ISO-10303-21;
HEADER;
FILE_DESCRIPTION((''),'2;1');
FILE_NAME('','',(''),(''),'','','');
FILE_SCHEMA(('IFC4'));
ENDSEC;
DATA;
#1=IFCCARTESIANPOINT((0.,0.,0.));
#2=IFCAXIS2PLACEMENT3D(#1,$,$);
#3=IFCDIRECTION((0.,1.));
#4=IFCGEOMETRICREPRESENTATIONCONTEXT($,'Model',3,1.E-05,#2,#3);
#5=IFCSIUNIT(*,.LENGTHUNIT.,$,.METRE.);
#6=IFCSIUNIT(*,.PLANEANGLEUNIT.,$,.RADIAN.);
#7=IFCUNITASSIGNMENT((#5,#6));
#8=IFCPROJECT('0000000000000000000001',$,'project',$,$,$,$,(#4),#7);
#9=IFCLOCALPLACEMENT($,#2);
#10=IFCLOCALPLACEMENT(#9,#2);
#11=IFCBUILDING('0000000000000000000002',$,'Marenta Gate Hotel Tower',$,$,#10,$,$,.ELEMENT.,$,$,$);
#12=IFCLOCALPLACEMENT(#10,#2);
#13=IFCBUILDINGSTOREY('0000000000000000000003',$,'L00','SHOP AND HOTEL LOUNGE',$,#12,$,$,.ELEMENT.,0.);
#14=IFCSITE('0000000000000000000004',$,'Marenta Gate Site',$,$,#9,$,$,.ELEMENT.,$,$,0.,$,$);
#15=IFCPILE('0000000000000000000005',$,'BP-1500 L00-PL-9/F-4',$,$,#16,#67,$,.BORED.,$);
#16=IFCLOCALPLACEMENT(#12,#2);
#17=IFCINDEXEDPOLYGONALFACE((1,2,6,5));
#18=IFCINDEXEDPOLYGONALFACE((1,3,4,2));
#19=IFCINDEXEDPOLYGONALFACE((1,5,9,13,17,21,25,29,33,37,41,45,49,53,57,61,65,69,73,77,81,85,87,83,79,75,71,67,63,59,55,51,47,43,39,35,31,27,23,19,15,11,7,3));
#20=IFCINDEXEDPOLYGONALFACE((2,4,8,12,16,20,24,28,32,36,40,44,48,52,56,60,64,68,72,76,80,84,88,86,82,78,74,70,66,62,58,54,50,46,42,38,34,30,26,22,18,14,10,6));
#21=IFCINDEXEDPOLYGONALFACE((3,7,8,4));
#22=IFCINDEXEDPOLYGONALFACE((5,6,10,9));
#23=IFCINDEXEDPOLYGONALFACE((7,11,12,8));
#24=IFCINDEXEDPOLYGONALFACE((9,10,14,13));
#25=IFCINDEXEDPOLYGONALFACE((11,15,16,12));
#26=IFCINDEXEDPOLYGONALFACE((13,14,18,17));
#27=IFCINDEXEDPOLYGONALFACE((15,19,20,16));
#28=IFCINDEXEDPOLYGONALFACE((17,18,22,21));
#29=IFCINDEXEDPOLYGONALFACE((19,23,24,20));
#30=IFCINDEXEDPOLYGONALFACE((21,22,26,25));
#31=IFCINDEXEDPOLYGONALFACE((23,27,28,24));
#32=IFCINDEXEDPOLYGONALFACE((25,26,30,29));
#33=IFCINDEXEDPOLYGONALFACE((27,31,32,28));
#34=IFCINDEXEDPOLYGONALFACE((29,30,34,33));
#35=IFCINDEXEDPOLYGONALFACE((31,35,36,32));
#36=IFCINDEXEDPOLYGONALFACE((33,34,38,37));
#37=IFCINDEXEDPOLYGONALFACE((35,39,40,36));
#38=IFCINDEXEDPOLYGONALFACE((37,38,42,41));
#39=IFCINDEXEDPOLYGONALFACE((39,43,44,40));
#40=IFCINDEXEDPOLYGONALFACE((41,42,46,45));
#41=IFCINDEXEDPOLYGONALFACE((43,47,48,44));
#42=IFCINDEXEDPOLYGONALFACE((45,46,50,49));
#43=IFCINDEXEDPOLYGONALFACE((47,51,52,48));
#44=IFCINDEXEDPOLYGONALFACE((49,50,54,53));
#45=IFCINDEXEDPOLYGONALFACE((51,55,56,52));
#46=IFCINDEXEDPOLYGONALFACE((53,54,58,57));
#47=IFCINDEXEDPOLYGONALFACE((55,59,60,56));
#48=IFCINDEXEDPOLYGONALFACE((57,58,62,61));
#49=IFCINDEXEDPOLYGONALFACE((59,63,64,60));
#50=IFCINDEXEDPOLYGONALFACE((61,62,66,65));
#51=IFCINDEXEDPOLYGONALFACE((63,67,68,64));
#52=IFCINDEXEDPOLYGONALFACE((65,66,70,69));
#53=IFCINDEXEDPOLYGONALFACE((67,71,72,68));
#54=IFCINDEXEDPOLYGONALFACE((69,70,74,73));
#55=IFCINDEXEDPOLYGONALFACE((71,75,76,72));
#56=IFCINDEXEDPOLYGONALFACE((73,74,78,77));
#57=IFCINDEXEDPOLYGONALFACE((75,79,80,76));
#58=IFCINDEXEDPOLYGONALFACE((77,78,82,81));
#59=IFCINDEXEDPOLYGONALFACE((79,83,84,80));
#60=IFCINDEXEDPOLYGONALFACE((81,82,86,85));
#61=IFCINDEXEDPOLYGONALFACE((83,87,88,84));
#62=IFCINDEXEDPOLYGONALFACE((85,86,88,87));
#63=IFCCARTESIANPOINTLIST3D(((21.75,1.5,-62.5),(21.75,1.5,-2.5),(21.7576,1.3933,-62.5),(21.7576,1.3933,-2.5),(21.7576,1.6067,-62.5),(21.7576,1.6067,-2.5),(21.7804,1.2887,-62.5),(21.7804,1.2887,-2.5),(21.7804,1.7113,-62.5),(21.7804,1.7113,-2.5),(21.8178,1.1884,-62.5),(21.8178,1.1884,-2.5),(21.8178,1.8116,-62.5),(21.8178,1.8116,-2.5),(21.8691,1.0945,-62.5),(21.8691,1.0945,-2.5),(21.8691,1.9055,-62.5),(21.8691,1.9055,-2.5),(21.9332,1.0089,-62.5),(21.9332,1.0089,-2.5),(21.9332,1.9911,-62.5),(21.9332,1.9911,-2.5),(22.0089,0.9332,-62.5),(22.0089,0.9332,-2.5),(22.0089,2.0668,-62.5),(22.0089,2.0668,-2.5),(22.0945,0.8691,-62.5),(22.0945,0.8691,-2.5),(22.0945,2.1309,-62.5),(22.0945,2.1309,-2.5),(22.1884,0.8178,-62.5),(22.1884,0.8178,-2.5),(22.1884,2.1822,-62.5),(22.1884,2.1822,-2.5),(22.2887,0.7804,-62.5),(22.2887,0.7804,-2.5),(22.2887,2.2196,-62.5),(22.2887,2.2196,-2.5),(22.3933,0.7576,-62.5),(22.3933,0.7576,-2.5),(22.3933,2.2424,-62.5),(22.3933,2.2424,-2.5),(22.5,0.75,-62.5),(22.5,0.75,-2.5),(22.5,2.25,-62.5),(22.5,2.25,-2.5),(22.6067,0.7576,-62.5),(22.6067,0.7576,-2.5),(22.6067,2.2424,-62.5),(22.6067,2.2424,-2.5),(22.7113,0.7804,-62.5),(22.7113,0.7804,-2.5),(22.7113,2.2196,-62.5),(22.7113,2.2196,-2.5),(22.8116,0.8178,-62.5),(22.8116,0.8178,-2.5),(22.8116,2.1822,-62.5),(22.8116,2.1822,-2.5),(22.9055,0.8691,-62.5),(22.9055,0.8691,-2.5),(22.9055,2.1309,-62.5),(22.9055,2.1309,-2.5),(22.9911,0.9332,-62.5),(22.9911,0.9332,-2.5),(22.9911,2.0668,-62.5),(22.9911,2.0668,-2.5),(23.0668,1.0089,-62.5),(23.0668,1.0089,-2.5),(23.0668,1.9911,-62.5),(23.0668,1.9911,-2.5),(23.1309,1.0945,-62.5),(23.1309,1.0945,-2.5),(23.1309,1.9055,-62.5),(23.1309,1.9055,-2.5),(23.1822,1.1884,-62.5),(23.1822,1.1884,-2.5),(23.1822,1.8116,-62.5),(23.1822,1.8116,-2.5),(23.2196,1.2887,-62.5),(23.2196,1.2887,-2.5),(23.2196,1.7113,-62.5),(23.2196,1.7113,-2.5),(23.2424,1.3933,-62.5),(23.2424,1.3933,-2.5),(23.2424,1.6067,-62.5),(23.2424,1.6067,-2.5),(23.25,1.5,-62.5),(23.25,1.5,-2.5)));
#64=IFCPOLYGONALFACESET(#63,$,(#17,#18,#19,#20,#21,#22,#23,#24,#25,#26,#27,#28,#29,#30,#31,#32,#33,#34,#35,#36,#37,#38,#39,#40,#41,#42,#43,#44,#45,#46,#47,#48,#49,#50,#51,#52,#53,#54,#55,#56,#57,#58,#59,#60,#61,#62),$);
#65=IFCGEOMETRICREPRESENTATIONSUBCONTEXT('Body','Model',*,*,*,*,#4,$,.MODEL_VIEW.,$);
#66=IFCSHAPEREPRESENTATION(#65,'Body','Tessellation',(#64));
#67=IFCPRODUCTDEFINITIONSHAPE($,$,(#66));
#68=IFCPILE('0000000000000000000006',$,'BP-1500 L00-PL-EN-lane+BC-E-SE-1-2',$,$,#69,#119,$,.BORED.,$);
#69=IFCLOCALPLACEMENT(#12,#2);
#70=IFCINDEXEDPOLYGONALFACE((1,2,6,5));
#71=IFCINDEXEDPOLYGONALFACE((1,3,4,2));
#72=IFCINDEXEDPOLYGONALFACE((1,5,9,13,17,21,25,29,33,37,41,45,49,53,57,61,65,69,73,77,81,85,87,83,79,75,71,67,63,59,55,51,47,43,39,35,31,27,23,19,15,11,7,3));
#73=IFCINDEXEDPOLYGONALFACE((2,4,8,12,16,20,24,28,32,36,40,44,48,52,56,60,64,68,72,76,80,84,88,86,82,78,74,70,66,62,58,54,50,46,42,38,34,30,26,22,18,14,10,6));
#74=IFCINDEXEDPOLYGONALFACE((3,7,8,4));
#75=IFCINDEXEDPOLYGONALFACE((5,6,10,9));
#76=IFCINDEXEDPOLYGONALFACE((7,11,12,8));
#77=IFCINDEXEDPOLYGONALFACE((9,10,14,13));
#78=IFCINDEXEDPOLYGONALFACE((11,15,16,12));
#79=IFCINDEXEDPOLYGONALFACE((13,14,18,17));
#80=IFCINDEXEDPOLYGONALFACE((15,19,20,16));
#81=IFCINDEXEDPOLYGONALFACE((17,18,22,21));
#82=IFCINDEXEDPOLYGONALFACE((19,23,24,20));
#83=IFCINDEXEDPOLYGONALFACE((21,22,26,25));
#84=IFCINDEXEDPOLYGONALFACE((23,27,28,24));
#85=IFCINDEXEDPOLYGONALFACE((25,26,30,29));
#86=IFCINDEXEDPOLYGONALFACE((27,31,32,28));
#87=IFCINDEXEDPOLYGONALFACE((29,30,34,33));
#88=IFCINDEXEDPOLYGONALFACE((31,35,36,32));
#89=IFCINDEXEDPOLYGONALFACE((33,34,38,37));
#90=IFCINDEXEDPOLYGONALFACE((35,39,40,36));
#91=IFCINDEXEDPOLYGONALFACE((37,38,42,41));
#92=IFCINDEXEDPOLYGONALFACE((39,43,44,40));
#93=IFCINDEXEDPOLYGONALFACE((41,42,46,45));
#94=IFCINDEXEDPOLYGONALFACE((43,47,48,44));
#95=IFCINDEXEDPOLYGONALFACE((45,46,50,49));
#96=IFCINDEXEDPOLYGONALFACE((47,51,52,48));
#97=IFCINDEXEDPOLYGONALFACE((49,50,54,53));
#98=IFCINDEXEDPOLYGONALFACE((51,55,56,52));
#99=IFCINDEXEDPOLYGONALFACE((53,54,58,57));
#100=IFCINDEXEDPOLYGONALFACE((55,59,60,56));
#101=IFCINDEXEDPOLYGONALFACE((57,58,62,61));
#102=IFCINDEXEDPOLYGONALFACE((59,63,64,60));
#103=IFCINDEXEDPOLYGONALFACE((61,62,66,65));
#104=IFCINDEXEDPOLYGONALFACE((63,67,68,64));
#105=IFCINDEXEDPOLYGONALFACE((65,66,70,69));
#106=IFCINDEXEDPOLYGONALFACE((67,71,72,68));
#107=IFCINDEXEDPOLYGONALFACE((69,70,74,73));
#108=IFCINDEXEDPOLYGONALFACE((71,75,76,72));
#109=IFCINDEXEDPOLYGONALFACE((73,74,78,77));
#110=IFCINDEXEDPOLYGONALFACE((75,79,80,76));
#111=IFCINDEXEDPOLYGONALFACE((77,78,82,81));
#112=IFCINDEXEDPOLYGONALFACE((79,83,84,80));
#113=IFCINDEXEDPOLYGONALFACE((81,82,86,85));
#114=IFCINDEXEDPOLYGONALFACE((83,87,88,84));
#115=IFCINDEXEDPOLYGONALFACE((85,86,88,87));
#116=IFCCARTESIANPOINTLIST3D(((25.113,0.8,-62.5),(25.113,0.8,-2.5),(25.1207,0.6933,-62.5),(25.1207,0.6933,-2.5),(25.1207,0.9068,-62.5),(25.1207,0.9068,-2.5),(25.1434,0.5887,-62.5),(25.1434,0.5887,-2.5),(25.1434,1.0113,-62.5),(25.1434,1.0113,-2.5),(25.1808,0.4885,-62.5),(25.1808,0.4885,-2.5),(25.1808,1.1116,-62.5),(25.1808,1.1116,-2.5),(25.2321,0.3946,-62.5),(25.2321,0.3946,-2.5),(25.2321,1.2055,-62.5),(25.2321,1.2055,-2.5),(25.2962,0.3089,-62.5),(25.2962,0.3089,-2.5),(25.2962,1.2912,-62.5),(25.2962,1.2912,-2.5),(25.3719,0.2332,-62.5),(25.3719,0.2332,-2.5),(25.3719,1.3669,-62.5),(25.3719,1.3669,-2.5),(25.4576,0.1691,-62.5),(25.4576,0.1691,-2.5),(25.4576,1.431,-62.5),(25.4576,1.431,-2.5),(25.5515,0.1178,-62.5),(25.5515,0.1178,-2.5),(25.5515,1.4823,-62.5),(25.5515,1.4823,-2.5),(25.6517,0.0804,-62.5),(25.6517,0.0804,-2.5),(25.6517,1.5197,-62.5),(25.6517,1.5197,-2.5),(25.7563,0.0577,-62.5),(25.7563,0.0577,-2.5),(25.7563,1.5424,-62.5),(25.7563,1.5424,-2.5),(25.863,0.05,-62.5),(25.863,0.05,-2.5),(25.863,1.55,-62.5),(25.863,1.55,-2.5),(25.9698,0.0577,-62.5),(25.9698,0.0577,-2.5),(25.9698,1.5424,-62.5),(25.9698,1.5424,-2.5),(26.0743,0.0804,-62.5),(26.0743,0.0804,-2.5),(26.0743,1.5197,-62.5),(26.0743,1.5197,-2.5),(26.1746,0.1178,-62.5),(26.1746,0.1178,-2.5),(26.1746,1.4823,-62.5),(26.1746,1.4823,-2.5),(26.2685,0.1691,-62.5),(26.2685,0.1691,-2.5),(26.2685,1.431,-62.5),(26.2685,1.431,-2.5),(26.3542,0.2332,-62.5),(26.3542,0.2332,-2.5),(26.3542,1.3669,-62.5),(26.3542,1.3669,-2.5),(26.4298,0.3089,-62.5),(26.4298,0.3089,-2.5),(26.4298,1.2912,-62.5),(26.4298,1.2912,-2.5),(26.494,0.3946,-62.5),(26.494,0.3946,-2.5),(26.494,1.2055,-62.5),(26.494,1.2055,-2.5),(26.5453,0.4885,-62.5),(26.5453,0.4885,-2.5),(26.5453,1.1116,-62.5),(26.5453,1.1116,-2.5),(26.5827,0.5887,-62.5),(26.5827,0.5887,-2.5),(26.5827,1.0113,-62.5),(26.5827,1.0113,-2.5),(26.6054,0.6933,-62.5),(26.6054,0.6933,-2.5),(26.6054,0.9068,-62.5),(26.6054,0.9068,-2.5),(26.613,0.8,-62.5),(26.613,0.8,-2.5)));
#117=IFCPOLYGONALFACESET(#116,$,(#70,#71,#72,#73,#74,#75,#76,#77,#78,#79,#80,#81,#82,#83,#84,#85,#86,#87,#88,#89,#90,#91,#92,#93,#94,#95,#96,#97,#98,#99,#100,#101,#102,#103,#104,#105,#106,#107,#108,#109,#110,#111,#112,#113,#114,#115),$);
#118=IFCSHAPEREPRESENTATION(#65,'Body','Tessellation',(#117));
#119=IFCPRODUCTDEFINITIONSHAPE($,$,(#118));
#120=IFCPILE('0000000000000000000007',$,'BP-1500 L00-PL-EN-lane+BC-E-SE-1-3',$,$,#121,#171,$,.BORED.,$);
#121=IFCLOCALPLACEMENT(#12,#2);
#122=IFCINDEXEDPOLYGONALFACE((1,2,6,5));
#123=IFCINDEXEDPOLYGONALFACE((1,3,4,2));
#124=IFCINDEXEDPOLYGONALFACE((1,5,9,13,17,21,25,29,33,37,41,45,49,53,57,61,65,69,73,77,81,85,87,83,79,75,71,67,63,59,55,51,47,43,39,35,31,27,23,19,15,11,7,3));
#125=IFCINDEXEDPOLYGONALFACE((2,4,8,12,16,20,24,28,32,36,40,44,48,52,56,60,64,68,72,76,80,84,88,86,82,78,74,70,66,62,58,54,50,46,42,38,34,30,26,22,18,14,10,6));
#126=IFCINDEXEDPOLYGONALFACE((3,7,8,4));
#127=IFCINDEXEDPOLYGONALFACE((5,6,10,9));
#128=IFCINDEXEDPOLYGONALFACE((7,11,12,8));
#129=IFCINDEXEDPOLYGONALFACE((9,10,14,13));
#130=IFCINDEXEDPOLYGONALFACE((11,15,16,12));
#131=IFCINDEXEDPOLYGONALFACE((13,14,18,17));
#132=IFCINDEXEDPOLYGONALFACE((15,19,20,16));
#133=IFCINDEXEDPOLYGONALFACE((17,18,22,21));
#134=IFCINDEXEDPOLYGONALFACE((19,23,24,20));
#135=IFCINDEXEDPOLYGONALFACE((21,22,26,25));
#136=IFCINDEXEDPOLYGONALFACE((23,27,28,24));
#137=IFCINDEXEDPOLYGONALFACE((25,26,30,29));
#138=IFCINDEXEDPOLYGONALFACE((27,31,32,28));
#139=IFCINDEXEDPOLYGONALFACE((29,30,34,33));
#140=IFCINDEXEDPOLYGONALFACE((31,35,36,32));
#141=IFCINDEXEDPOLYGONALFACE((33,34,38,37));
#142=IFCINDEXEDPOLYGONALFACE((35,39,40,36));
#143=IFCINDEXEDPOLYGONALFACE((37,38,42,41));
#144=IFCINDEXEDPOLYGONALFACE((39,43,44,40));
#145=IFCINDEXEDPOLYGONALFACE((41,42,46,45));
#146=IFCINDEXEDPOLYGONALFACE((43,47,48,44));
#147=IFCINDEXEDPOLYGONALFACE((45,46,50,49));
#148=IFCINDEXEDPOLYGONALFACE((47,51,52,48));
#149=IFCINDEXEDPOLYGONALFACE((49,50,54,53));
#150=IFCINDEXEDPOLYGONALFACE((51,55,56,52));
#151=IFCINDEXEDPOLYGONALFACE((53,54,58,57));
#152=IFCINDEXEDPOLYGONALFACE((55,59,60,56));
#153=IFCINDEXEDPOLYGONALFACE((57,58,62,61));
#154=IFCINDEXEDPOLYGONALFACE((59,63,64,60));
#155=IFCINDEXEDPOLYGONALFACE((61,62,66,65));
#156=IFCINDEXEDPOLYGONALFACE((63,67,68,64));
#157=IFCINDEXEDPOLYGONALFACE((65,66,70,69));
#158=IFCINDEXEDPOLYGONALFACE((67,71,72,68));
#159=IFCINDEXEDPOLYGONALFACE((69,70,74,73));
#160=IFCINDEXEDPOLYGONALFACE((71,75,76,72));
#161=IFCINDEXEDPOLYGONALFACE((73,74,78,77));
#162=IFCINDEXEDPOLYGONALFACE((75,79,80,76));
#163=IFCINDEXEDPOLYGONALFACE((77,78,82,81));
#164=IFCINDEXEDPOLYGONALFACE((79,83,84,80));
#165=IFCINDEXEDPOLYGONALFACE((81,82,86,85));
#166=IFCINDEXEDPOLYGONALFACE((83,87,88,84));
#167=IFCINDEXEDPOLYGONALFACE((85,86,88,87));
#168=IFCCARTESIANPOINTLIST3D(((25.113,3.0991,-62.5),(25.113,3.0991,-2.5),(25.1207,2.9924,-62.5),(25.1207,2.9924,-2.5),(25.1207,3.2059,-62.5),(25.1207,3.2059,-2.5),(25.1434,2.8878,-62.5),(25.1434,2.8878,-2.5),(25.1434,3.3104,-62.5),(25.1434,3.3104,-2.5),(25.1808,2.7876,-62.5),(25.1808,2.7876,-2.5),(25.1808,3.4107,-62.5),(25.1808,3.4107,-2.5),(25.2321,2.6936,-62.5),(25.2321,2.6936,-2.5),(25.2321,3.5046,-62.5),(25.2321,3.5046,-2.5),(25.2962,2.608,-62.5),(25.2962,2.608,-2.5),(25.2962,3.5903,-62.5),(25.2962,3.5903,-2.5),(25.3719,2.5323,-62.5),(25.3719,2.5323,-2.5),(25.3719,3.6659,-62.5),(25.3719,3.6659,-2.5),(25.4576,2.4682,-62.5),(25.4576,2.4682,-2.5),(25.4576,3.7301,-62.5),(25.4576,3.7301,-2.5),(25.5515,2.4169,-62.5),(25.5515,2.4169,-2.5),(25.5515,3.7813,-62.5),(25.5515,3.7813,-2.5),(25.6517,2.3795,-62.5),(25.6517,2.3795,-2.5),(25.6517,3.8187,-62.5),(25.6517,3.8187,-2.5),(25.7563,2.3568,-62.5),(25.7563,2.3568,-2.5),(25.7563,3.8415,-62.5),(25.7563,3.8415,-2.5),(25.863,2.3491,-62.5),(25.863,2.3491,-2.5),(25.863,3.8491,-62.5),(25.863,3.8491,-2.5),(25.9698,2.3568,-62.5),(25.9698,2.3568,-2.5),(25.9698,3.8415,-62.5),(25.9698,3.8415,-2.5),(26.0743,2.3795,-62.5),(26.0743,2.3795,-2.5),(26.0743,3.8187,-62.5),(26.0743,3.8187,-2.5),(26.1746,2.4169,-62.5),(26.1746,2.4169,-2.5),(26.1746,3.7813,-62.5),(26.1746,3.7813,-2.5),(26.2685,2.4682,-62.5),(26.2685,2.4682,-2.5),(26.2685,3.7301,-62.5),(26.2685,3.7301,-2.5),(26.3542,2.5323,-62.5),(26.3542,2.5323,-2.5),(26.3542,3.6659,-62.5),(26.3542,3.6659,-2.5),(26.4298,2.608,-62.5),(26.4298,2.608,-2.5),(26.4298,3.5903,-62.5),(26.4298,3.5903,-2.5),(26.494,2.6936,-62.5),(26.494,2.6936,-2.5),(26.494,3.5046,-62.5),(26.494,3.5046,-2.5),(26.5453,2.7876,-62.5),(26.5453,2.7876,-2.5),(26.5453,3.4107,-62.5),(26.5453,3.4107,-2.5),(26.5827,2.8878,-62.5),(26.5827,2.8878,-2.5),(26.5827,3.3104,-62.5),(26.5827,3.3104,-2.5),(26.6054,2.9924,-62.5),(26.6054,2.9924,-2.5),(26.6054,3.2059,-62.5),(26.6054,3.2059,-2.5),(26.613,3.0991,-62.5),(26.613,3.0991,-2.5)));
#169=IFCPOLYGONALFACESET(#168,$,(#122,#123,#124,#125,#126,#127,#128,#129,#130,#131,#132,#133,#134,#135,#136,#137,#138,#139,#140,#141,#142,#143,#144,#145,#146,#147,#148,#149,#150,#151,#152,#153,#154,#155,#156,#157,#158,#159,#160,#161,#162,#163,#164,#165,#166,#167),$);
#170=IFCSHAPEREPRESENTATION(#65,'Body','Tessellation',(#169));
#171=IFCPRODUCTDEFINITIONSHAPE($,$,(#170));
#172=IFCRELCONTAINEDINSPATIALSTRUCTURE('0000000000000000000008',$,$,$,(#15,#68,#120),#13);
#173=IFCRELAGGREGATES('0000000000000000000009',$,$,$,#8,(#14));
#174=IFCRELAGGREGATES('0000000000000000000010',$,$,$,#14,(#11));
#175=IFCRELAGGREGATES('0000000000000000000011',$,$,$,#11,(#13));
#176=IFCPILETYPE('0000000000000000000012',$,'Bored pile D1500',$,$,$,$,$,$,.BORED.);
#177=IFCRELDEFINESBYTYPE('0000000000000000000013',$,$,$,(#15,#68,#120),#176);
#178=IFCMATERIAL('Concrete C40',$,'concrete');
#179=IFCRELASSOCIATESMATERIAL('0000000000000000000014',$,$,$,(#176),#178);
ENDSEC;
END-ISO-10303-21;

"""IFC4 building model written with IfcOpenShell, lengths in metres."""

from ifc_helpers import new_model, si_unit, direction, frame, origin, origin_2d, place, context, subcontext, project, spatial, circle, extrude, material, type_object, element, save


model = new_model("IFC4")

# Units and contexts
model_context = context("Model", 3, precision=1e-05, world=origin(), true_north=direction((0.0, 1.0)))
body_context = subcontext(model_context, "Body", "Model", "MODEL_VIEW")
ifc_project = project(units=[si_unit("LENGTHUNIT", "METRE"), si_unit("PLANEANGLEUNIT", "RADIAN")], contexts=[model_context])

# Site, building, storey
site_placement = place(None, origin())
site = spatial("IfcSite", under=ifc_project, at=site_placement, Name="Marenta Gate Site", CompositionType="ELEMENT", RefElevation=0.0)
building_placement = place(site_placement, origin())
building = spatial("IfcBuilding", under=site, at=building_placement, Name="Marenta Gate Hotel Tower", CompositionType="ELEMENT")
storey_placement = place(building_placement, origin())
storey = spatial("IfcBuildingStorey", under=building, at=storey_placement, Name="L00", Description="SHOP AND HOTEL LOUNGE", CompositionType="ELEMENT", Elevation=0.0)

# Piles
ifc_material_1 = material(Name="Concrete C40", Category="concrete")
pile_type = type_object("IfcPileType", Name="Bored pile D1500", PredefinedType="BORED", material=ifc_material_1)
for number, where, z_axis, x_axis, name in (
    (1, (22.5, 1.5, -2.5), (0.0, 0.0, -1.0), (1.0, 0.0, 0.0), "BP-1500 L00-PL-9/F-4"),
    (2, (25.863, 0.8, -2.5), (0.0, 0.0, -1.0), (1.0, 0.0, 0.0), "BP-1500 L00-PL-EN-lane+BC-E-SE-1-2"),
    (3, (25.863, 3.0991, -2.5), (0.0, 0.0, -1.0), (1.0, 0.0, 0.0), "BP-1500 L00-PL-EN-lane+BC-E-SE-1-3"),
):
    element("IfcPile", number, at=place(storey_placement, frame(where, z_axis=z_axis, x_axis=x_axis)), inside=storey, type_object=pile_type, Name=name, PredefinedType="BORED", context=body_context, shape_type="SweptSolid", body=[
        extrude(circle(Radius=0.75, at=origin_2d()), origin(), (0.0, 0.0, 1.0), 60.0),
    ])

save(model, "model.ifc")
